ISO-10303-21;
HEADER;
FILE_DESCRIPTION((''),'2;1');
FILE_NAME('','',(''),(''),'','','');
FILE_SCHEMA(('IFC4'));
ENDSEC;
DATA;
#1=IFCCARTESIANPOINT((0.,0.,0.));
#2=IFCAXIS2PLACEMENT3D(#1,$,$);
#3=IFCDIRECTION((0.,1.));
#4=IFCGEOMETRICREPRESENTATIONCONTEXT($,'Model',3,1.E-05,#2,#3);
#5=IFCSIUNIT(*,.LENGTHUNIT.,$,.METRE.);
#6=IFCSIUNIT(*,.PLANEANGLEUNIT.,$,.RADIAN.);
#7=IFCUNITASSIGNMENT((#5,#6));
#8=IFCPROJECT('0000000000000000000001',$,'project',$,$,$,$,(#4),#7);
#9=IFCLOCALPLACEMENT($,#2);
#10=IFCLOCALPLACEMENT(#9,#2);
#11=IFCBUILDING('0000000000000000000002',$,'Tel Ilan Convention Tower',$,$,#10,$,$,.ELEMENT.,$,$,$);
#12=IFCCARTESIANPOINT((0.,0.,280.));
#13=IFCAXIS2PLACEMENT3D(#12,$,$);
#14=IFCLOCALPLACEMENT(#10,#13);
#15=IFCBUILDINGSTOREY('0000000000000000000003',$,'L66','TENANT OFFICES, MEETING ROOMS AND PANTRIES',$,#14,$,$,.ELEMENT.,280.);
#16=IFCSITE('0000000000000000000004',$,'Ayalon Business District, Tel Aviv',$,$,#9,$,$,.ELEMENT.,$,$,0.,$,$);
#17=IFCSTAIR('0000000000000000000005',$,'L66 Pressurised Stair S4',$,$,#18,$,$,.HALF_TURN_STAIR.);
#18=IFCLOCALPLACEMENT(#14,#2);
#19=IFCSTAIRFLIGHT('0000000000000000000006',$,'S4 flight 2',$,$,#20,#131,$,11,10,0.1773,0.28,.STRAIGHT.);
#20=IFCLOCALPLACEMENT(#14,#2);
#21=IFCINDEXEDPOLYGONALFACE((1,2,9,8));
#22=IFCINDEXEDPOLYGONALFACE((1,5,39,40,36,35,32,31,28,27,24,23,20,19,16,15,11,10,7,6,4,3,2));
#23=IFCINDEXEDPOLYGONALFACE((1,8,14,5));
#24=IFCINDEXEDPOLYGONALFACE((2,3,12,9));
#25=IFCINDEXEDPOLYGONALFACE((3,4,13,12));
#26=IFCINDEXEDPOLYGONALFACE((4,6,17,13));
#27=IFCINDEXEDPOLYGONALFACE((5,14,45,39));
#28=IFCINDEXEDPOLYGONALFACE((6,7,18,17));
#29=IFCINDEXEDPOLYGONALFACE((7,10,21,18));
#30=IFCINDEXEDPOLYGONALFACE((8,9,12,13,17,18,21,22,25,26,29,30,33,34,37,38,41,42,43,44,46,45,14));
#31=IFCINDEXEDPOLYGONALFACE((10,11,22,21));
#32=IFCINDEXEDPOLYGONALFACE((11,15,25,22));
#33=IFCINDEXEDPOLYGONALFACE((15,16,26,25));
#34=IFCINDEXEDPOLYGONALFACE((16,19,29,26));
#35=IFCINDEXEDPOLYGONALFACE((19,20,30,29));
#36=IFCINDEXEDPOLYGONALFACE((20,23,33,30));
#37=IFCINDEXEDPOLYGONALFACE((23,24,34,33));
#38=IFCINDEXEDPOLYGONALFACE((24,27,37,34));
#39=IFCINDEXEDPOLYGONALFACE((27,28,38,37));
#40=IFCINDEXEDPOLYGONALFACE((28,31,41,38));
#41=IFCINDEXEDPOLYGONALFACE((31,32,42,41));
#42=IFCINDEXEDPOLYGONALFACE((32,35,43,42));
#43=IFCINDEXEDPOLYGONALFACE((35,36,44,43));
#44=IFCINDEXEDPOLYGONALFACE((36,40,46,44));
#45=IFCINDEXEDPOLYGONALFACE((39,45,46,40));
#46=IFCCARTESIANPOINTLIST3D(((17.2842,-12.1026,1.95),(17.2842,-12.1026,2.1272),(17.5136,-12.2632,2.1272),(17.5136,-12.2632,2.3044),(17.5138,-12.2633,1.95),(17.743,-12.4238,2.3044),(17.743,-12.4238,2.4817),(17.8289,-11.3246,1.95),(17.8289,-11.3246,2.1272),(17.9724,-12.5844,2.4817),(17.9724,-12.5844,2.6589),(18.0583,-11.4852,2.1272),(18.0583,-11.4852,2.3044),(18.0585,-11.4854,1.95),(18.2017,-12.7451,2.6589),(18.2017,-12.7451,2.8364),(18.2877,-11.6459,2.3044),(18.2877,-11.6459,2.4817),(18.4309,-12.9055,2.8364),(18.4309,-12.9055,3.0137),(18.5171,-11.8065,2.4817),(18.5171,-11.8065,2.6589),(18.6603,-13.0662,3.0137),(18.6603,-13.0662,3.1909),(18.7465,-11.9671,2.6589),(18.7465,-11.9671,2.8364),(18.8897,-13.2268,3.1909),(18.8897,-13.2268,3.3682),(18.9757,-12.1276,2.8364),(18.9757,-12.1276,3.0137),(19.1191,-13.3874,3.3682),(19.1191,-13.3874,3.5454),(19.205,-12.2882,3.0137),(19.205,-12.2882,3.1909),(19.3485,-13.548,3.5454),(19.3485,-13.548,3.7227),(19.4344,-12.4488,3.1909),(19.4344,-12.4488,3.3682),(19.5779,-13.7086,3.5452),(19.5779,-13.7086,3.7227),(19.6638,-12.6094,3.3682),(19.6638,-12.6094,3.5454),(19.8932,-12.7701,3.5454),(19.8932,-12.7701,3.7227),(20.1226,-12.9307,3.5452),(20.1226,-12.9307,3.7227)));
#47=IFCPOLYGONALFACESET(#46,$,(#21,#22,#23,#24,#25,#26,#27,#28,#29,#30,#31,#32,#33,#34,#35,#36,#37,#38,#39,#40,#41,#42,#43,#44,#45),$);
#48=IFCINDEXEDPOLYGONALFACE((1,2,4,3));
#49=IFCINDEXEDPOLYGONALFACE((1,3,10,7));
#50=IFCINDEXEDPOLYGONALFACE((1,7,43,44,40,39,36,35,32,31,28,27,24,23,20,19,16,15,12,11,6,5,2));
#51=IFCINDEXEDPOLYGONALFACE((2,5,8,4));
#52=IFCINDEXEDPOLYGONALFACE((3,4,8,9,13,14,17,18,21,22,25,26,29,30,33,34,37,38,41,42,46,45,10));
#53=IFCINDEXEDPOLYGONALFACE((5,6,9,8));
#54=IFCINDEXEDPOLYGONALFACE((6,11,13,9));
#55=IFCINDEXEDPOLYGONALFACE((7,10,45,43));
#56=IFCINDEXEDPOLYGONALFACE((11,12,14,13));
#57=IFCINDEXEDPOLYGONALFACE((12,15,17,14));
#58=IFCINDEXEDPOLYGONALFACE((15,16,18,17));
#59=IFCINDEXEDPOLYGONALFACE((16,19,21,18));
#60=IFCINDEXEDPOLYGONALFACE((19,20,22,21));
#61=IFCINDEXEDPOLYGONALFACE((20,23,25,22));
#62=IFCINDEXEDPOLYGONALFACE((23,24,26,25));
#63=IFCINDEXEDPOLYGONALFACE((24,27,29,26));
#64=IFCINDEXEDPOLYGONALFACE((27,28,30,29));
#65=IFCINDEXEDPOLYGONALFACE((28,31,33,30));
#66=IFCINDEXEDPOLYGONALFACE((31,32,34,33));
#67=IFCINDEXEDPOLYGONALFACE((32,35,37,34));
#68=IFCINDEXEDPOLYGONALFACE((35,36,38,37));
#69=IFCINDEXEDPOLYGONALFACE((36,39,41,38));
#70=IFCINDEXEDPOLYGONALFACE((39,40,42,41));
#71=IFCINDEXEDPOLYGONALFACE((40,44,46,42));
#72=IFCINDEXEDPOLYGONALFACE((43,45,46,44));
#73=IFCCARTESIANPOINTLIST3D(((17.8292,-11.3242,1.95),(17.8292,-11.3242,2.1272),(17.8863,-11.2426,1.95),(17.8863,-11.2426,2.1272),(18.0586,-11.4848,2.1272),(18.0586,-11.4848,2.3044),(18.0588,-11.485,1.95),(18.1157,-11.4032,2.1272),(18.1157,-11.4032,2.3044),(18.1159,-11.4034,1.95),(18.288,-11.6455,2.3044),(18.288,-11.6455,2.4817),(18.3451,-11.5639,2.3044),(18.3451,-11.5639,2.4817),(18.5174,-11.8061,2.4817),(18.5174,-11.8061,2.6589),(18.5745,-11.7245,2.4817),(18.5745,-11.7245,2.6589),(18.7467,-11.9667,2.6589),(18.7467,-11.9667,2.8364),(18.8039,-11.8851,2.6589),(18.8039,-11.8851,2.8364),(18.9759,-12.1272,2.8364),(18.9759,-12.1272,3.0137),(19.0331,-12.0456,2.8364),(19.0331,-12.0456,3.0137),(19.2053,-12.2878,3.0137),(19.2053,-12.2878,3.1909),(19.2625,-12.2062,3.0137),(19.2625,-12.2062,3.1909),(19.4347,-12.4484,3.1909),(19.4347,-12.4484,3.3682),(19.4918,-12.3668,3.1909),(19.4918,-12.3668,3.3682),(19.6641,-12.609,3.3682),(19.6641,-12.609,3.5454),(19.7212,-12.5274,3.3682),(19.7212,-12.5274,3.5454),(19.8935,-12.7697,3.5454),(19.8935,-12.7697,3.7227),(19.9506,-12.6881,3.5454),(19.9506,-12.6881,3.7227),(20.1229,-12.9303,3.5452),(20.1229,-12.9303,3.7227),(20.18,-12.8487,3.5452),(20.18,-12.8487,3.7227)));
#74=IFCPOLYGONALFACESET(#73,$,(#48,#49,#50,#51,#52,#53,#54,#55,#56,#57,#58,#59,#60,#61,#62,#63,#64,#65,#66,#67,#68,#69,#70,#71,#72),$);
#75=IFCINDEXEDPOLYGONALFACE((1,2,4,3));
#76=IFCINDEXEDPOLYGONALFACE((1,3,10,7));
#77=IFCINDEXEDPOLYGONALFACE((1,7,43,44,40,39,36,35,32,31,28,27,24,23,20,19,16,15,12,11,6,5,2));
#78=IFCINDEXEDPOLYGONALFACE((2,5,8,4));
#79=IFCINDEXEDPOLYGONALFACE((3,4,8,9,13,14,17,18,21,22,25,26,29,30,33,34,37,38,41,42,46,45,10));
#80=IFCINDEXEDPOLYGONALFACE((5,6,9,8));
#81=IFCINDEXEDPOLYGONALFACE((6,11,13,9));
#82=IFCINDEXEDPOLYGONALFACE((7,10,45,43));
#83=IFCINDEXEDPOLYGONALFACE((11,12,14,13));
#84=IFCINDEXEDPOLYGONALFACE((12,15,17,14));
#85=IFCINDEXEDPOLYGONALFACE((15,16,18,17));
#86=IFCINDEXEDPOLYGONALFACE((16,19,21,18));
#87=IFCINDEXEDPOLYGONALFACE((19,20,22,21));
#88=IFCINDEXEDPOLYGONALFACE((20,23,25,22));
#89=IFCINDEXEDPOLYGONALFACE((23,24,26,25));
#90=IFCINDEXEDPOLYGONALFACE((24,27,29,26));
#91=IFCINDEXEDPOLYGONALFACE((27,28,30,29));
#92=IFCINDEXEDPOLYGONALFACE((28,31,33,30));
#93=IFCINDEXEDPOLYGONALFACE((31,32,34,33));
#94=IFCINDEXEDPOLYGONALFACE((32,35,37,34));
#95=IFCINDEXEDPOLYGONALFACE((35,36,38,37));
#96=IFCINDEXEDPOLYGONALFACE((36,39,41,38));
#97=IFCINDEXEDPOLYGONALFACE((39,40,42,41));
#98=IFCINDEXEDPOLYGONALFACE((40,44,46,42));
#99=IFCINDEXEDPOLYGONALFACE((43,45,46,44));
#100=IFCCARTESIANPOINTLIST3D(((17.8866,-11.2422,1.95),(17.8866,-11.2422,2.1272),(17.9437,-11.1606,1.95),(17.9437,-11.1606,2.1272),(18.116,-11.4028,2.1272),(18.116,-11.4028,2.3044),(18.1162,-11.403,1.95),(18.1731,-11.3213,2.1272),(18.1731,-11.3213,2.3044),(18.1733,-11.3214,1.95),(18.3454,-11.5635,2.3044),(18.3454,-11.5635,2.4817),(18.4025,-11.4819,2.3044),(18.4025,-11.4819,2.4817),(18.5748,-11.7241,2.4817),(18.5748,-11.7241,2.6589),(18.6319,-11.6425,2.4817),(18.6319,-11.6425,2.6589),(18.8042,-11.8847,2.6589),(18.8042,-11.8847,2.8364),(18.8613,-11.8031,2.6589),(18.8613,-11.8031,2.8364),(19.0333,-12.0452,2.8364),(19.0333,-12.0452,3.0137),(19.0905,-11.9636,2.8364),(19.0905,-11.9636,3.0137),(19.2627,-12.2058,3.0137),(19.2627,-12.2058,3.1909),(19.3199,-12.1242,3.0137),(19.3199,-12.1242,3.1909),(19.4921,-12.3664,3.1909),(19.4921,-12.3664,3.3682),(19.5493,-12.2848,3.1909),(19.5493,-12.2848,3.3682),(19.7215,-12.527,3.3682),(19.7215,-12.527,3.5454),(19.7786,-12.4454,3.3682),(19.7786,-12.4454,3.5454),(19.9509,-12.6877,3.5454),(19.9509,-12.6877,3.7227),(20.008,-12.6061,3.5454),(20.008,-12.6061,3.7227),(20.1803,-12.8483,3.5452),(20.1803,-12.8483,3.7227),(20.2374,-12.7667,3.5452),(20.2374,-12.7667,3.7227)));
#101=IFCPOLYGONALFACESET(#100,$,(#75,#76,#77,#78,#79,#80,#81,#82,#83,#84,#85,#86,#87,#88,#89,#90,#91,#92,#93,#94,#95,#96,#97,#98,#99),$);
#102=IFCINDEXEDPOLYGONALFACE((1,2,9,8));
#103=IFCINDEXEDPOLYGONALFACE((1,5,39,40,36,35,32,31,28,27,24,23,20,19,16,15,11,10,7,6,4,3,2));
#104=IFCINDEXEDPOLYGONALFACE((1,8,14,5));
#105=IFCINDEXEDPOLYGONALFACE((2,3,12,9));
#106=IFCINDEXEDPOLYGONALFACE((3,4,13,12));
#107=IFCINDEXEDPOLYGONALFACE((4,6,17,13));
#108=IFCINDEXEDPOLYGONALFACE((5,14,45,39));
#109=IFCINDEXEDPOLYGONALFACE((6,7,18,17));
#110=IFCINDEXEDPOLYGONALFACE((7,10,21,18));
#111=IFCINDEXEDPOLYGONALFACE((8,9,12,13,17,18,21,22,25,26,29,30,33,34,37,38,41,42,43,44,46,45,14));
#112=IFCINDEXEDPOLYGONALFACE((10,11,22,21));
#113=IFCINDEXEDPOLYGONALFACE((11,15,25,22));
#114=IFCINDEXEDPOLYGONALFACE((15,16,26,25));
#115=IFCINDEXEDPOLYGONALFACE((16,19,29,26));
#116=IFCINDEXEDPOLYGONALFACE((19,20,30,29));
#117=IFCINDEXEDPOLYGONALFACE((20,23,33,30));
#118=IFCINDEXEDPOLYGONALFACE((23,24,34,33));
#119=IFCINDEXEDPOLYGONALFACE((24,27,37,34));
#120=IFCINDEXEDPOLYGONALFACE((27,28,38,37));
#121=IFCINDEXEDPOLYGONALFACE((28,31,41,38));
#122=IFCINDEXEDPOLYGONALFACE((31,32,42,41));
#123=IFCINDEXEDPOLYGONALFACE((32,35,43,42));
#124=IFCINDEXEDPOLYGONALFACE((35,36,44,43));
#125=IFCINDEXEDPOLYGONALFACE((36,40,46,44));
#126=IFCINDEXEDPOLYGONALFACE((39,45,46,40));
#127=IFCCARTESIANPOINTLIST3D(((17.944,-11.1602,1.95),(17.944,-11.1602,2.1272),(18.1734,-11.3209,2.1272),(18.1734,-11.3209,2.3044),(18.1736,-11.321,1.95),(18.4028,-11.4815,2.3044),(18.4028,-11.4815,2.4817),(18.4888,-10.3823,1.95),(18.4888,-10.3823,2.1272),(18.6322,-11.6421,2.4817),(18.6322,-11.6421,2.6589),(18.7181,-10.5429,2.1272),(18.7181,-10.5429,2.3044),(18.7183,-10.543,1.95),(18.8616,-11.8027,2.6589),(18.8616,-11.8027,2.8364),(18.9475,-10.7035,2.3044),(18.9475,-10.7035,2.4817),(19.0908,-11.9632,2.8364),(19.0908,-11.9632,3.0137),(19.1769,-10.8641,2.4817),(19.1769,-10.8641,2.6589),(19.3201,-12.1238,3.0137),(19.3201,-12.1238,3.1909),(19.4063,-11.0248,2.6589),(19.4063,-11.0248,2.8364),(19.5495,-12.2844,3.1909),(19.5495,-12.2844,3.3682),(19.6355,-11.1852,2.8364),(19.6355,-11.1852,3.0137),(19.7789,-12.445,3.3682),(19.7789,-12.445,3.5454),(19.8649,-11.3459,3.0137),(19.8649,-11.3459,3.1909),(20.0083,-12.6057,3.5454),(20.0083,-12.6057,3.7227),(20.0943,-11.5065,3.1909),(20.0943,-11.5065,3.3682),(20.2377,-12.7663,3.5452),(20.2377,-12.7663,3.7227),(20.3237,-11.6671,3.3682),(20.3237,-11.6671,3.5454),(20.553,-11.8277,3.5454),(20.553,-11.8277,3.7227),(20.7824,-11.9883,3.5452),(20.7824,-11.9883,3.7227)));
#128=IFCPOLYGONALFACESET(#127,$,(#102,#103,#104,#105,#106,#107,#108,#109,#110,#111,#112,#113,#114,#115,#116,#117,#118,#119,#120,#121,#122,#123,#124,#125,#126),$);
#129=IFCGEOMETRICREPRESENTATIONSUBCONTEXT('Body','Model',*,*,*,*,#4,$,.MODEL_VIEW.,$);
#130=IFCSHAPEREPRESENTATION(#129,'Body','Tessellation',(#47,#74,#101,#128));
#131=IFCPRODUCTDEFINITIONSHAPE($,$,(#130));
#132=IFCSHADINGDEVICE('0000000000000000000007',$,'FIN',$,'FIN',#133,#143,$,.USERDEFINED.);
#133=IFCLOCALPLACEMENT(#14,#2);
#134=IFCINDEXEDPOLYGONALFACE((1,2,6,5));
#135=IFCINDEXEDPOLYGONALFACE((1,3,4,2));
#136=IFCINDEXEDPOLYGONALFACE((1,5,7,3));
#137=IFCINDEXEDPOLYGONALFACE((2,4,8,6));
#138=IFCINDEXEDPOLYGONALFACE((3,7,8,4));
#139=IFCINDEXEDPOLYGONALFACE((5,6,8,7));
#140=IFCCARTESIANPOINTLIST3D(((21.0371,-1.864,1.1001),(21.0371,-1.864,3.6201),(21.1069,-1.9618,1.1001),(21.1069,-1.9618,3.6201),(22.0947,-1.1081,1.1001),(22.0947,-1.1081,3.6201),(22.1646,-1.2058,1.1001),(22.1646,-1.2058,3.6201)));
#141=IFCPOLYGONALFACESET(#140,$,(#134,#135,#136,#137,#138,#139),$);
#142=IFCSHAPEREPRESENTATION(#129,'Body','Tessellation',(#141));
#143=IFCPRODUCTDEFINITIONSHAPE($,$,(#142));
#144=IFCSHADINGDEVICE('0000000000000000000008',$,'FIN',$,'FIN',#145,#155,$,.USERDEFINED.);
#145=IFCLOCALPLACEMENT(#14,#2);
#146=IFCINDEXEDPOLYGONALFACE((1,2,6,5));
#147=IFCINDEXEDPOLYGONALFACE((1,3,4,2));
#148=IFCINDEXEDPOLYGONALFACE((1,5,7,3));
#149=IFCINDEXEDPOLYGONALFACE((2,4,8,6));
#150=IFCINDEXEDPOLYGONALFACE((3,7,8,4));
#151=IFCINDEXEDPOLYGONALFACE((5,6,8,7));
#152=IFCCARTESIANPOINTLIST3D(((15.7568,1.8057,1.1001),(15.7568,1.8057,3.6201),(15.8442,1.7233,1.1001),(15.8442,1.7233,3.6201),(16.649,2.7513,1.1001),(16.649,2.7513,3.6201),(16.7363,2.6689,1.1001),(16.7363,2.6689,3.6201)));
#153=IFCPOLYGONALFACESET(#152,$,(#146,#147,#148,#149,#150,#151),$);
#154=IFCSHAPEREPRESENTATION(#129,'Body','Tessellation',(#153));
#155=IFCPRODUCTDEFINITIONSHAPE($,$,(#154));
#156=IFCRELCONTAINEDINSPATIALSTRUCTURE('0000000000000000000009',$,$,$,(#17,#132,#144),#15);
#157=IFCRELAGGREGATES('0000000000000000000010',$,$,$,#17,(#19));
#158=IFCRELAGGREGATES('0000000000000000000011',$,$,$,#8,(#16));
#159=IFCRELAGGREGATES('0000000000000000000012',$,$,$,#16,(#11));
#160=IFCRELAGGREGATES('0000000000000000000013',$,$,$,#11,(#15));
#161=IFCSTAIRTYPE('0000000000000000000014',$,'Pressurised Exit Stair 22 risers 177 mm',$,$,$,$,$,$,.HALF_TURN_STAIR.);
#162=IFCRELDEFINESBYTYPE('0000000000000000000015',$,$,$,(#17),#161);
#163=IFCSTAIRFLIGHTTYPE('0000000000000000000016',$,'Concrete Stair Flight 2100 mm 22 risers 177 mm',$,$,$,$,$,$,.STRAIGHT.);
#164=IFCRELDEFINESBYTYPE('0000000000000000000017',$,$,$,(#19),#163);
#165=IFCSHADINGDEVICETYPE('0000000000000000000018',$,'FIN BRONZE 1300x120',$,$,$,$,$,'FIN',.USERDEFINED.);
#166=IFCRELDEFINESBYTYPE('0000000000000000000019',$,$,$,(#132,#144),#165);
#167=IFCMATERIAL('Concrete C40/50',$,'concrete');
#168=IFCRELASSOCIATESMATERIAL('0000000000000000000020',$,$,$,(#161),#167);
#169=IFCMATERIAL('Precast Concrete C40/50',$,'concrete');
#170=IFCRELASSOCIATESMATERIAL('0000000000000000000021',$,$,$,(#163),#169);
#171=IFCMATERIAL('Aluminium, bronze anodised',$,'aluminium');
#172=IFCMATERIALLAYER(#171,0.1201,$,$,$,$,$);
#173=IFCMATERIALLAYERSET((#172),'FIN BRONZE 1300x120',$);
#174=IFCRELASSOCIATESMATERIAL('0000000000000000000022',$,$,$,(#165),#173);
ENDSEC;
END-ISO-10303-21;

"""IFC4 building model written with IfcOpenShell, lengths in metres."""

from ifc_helpers import new_model, si_unit, direction, frame, origin, origin_2d, place, context, subcontext, project, spatial, polyline, rectangle, outline, extrude, material, layer, layer_set, type_object, element, aggregate, save


model = new_model("IFC4")

# Units and contexts
model_context = context("Model", 3, precision=1e-05, world=origin(), true_north=direction((0.0, 1.0)))
body_context = subcontext(model_context, "Body", "Model", "MODEL_VIEW")
ifc_project = project(units=[si_unit("LENGTHUNIT", "METRE"), si_unit("PLANEANGLEUNIT", "RADIAN")], contexts=[model_context])

# Site, building, storey
site_placement = place(None, origin())
site = spatial("IfcSite", under=ifc_project, at=site_placement, Name="Ayalon Business District, Tel Aviv", CompositionType="ELEMENT", RefElevation=0.0)
building_placement = place(site_placement, origin())
building = spatial("IfcBuilding", under=site, at=building_placement, Name="Tel Ilan Convention Tower", CompositionType="ELEMENT")
storey_placement = place(building_placement, frame((0.0, 0.0, 280.0)))
storey = spatial("IfcBuildingStorey", under=building, at=storey_placement, Name="L66", Description="TENANT OFFICES, MEETING ROOMS AND PANTRIES", CompositionType="ELEMENT", Elevation=280.0)

# Shared definitions
ifc_material_1 = material(Name="Concrete C40/50", Category="concrete")
stair_type = type_object("IfcStairType", Name="Pressurised Exit Stair 22 risers 177 mm", PredefinedType="HALF_TURN_STAIR", material=ifc_material_1)
ifc_material_2 = material(Name="Precast Concrete C40/50", Category="concrete")
stair_flight_type = type_object("IfcStairFlightType", Name="Concrete Stair Flight 2100 mm 22 risers 177 mm", PredefinedType="STRAIGHT", material=ifc_material_2)

# Stair, stair flight
stair_1_placement = place(storey_placement, origin())
stair_1 = element("IfcStair", 1, at=stair_1_placement, inside=storey, type_object=stair_type, Name="L66 Pressurised Stair S4", PredefinedType="HALF_TURN_STAIR")
stair_flight_1_placement = place(storey_placement, frame((17.8865, -11.2424, 1.95), z_axis=(0.0, 0.0, 1.0), x_axis=(0.819152, -0.573576, 0.0)))
stair_flight_1 = element("IfcStairFlight", 2, at=stair_flight_1_placement, type_object=stair_flight_type, Name="S4 flight 2", NumberOfRisers=11, NumberOfTreads=10, PredefinedType="STRAIGHT", RiserHeight=0.1773, TreadLength=0.28, context=body_context, shape_type="SweptSolid", body=[
    extrude(outline(polyline([(0.0, 0.0), (0.0, 0.1772), (0.28, 0.1772), (0.28, 0.3545), (0.5601, 0.3545), (0.5601, 0.5317), (0.8401, 0.5317), (0.8401, 0.709), (1.1201, 0.709), (1.1201, 0.8865), (1.3999, 0.8865), (1.3999, 1.0637), (1.6799, 1.0637), (1.6799, 1.241), (1.96, 1.241), (1.96, 1.4182), (2.24, 1.4182), (2.24, 1.5955), (2.52, 1.5955), (2.52, 1.7727), (2.8, 1.7727), (2.8, 1.95), (2.8, 1.5952), (0.2803, 0.0), (0.0, 0.0)])), frame((0.0, -0.1003, 0.0), z_axis=(0.0, -1.0, 0.0), x_axis=(1.0, 0.0, 0.0)), (0.0, 0.0, 1.0), 0.9497),
    extrude(outline(polyline([(0.0, 0.0), (0.0, 0.1772), (0.28, 0.1772), (0.28, 0.3545), (0.5601, 0.3545), (0.5601, 0.5317), (0.8401, 0.5317), (0.8401, 0.709), (1.1201, 0.709), (1.1201, 0.8865), (1.3999, 0.8865), (1.3999, 1.0637), (1.6799, 1.0637), (1.6799, 1.241), (1.96, 1.241), (1.96, 1.4182), (2.24, 1.4182), (2.24, 1.5955), (2.52, 1.5955), (2.52, 1.7727), (2.8, 1.7727), (2.8, 1.95), (2.8, 1.5952), (0.2803, 0.0), (0.0, 0.0)])), frame((0.0, -0.0002, 0.0), z_axis=(0.0, -1.0, 0.0), x_axis=(1.0, 0.0, 0.0)), (0.0, 0.0, 1.0), 0.0996),
    extrude(outline(polyline([(0.0, 0.0), (0.0, 0.1772), (0.28, 0.1772), (0.28, 0.3545), (0.5601, 0.3545), (0.5601, 0.5317), (0.8401, 0.5317), (0.8401, 0.709), (1.1201, 0.709), (1.1201, 0.8865), (1.3999, 0.8865), (1.3999, 1.0637), (1.6799, 1.0637), (1.6799, 1.241), (1.96, 1.241), (1.96, 1.4182), (2.24, 1.4182), (2.24, 1.5955), (2.52, 1.5955), (2.52, 1.7727), (2.8, 1.7727), (2.8, 1.95), (2.8, 1.5952), (0.2803, 0.0), (0.0, 0.0)])), frame((0.0, 0.0999, 0.0), z_axis=(0.0, -1.0, 0.0), x_axis=(1.0, 0.0, 0.0)), (0.0, 0.0, 1.0), 0.0996),
    extrude(outline(polyline([(0.0, 0.0), (0.0, 0.1772), (0.28, 0.1772), (0.28, 0.3545), (0.5601, 0.3545), (0.5601, 0.5317), (0.8401, 0.5317), (0.8401, 0.709), (1.1201, 0.709), (1.1201, 0.8865), (1.3999, 0.8865), (1.3999, 1.0637), (1.6799, 1.0637), (1.6799, 1.241), (1.96, 1.241), (1.96, 1.4182), (2.24, 1.4182), (2.24, 1.5955), (2.52, 1.5955), (2.52, 1.7727), (2.8, 1.7727), (2.8, 1.95), (2.8, 1.5952), (0.2803, 0.0), (0.0, 0.0)])), frame((0.0, 1.05, 0.0), z_axis=(0.0, -1.0, 0.0), x_axis=(1.0, 0.0, 0.0)), (0.0, 0.0, 1.0), 0.9497),
])
aggregate(stair_1, [stair_flight_1])

# Shading devices
ifc_material_3 = material(Name="Aluminium, bronze anodised", Category="aluminium")
ifc_layer_1 = layer(ifc_material_3, 0.1201)
ifc_layer_set_1 = layer_set([ifc_layer_1], Name="FIN BRONZE 1300x120")
shading_device_type = type_object("IfcShadingDeviceType", Name="FIN BRONZE 1300x120", ElementType="FIN", PredefinedType="USERDEFINED", material=ifc_layer_set_1)
for number, where, z_axis, x_axis, name in (
    (3, (21.6008, -1.5349, 1.1001), (0.0, 0.0, 1.0), (0.813552, 0.581492, 0.0), "FIN"),
    (4, (16.2466, 2.2373, 1.1001), (0.0, 0.0, 1.0), (0.686242, 0.727374, 0.0), "FIN"),
):
    element("IfcShadingDevice", number, at=place(storey_placement, frame(where, z_axis=z_axis, x_axis=x_axis)), inside=storey, type_object=shading_device_type, Name=name, ObjectType="FIN", PredefinedType="USERDEFINED", context=body_context, shape_type="SweptSolid", body=[
        extrude(rectangle(XDim=1.3, YDim=0.1201, at=origin_2d()), origin(), (0.0, 0.0, 1.0), 2.52),
    ])

save(model, "model.ifc")
